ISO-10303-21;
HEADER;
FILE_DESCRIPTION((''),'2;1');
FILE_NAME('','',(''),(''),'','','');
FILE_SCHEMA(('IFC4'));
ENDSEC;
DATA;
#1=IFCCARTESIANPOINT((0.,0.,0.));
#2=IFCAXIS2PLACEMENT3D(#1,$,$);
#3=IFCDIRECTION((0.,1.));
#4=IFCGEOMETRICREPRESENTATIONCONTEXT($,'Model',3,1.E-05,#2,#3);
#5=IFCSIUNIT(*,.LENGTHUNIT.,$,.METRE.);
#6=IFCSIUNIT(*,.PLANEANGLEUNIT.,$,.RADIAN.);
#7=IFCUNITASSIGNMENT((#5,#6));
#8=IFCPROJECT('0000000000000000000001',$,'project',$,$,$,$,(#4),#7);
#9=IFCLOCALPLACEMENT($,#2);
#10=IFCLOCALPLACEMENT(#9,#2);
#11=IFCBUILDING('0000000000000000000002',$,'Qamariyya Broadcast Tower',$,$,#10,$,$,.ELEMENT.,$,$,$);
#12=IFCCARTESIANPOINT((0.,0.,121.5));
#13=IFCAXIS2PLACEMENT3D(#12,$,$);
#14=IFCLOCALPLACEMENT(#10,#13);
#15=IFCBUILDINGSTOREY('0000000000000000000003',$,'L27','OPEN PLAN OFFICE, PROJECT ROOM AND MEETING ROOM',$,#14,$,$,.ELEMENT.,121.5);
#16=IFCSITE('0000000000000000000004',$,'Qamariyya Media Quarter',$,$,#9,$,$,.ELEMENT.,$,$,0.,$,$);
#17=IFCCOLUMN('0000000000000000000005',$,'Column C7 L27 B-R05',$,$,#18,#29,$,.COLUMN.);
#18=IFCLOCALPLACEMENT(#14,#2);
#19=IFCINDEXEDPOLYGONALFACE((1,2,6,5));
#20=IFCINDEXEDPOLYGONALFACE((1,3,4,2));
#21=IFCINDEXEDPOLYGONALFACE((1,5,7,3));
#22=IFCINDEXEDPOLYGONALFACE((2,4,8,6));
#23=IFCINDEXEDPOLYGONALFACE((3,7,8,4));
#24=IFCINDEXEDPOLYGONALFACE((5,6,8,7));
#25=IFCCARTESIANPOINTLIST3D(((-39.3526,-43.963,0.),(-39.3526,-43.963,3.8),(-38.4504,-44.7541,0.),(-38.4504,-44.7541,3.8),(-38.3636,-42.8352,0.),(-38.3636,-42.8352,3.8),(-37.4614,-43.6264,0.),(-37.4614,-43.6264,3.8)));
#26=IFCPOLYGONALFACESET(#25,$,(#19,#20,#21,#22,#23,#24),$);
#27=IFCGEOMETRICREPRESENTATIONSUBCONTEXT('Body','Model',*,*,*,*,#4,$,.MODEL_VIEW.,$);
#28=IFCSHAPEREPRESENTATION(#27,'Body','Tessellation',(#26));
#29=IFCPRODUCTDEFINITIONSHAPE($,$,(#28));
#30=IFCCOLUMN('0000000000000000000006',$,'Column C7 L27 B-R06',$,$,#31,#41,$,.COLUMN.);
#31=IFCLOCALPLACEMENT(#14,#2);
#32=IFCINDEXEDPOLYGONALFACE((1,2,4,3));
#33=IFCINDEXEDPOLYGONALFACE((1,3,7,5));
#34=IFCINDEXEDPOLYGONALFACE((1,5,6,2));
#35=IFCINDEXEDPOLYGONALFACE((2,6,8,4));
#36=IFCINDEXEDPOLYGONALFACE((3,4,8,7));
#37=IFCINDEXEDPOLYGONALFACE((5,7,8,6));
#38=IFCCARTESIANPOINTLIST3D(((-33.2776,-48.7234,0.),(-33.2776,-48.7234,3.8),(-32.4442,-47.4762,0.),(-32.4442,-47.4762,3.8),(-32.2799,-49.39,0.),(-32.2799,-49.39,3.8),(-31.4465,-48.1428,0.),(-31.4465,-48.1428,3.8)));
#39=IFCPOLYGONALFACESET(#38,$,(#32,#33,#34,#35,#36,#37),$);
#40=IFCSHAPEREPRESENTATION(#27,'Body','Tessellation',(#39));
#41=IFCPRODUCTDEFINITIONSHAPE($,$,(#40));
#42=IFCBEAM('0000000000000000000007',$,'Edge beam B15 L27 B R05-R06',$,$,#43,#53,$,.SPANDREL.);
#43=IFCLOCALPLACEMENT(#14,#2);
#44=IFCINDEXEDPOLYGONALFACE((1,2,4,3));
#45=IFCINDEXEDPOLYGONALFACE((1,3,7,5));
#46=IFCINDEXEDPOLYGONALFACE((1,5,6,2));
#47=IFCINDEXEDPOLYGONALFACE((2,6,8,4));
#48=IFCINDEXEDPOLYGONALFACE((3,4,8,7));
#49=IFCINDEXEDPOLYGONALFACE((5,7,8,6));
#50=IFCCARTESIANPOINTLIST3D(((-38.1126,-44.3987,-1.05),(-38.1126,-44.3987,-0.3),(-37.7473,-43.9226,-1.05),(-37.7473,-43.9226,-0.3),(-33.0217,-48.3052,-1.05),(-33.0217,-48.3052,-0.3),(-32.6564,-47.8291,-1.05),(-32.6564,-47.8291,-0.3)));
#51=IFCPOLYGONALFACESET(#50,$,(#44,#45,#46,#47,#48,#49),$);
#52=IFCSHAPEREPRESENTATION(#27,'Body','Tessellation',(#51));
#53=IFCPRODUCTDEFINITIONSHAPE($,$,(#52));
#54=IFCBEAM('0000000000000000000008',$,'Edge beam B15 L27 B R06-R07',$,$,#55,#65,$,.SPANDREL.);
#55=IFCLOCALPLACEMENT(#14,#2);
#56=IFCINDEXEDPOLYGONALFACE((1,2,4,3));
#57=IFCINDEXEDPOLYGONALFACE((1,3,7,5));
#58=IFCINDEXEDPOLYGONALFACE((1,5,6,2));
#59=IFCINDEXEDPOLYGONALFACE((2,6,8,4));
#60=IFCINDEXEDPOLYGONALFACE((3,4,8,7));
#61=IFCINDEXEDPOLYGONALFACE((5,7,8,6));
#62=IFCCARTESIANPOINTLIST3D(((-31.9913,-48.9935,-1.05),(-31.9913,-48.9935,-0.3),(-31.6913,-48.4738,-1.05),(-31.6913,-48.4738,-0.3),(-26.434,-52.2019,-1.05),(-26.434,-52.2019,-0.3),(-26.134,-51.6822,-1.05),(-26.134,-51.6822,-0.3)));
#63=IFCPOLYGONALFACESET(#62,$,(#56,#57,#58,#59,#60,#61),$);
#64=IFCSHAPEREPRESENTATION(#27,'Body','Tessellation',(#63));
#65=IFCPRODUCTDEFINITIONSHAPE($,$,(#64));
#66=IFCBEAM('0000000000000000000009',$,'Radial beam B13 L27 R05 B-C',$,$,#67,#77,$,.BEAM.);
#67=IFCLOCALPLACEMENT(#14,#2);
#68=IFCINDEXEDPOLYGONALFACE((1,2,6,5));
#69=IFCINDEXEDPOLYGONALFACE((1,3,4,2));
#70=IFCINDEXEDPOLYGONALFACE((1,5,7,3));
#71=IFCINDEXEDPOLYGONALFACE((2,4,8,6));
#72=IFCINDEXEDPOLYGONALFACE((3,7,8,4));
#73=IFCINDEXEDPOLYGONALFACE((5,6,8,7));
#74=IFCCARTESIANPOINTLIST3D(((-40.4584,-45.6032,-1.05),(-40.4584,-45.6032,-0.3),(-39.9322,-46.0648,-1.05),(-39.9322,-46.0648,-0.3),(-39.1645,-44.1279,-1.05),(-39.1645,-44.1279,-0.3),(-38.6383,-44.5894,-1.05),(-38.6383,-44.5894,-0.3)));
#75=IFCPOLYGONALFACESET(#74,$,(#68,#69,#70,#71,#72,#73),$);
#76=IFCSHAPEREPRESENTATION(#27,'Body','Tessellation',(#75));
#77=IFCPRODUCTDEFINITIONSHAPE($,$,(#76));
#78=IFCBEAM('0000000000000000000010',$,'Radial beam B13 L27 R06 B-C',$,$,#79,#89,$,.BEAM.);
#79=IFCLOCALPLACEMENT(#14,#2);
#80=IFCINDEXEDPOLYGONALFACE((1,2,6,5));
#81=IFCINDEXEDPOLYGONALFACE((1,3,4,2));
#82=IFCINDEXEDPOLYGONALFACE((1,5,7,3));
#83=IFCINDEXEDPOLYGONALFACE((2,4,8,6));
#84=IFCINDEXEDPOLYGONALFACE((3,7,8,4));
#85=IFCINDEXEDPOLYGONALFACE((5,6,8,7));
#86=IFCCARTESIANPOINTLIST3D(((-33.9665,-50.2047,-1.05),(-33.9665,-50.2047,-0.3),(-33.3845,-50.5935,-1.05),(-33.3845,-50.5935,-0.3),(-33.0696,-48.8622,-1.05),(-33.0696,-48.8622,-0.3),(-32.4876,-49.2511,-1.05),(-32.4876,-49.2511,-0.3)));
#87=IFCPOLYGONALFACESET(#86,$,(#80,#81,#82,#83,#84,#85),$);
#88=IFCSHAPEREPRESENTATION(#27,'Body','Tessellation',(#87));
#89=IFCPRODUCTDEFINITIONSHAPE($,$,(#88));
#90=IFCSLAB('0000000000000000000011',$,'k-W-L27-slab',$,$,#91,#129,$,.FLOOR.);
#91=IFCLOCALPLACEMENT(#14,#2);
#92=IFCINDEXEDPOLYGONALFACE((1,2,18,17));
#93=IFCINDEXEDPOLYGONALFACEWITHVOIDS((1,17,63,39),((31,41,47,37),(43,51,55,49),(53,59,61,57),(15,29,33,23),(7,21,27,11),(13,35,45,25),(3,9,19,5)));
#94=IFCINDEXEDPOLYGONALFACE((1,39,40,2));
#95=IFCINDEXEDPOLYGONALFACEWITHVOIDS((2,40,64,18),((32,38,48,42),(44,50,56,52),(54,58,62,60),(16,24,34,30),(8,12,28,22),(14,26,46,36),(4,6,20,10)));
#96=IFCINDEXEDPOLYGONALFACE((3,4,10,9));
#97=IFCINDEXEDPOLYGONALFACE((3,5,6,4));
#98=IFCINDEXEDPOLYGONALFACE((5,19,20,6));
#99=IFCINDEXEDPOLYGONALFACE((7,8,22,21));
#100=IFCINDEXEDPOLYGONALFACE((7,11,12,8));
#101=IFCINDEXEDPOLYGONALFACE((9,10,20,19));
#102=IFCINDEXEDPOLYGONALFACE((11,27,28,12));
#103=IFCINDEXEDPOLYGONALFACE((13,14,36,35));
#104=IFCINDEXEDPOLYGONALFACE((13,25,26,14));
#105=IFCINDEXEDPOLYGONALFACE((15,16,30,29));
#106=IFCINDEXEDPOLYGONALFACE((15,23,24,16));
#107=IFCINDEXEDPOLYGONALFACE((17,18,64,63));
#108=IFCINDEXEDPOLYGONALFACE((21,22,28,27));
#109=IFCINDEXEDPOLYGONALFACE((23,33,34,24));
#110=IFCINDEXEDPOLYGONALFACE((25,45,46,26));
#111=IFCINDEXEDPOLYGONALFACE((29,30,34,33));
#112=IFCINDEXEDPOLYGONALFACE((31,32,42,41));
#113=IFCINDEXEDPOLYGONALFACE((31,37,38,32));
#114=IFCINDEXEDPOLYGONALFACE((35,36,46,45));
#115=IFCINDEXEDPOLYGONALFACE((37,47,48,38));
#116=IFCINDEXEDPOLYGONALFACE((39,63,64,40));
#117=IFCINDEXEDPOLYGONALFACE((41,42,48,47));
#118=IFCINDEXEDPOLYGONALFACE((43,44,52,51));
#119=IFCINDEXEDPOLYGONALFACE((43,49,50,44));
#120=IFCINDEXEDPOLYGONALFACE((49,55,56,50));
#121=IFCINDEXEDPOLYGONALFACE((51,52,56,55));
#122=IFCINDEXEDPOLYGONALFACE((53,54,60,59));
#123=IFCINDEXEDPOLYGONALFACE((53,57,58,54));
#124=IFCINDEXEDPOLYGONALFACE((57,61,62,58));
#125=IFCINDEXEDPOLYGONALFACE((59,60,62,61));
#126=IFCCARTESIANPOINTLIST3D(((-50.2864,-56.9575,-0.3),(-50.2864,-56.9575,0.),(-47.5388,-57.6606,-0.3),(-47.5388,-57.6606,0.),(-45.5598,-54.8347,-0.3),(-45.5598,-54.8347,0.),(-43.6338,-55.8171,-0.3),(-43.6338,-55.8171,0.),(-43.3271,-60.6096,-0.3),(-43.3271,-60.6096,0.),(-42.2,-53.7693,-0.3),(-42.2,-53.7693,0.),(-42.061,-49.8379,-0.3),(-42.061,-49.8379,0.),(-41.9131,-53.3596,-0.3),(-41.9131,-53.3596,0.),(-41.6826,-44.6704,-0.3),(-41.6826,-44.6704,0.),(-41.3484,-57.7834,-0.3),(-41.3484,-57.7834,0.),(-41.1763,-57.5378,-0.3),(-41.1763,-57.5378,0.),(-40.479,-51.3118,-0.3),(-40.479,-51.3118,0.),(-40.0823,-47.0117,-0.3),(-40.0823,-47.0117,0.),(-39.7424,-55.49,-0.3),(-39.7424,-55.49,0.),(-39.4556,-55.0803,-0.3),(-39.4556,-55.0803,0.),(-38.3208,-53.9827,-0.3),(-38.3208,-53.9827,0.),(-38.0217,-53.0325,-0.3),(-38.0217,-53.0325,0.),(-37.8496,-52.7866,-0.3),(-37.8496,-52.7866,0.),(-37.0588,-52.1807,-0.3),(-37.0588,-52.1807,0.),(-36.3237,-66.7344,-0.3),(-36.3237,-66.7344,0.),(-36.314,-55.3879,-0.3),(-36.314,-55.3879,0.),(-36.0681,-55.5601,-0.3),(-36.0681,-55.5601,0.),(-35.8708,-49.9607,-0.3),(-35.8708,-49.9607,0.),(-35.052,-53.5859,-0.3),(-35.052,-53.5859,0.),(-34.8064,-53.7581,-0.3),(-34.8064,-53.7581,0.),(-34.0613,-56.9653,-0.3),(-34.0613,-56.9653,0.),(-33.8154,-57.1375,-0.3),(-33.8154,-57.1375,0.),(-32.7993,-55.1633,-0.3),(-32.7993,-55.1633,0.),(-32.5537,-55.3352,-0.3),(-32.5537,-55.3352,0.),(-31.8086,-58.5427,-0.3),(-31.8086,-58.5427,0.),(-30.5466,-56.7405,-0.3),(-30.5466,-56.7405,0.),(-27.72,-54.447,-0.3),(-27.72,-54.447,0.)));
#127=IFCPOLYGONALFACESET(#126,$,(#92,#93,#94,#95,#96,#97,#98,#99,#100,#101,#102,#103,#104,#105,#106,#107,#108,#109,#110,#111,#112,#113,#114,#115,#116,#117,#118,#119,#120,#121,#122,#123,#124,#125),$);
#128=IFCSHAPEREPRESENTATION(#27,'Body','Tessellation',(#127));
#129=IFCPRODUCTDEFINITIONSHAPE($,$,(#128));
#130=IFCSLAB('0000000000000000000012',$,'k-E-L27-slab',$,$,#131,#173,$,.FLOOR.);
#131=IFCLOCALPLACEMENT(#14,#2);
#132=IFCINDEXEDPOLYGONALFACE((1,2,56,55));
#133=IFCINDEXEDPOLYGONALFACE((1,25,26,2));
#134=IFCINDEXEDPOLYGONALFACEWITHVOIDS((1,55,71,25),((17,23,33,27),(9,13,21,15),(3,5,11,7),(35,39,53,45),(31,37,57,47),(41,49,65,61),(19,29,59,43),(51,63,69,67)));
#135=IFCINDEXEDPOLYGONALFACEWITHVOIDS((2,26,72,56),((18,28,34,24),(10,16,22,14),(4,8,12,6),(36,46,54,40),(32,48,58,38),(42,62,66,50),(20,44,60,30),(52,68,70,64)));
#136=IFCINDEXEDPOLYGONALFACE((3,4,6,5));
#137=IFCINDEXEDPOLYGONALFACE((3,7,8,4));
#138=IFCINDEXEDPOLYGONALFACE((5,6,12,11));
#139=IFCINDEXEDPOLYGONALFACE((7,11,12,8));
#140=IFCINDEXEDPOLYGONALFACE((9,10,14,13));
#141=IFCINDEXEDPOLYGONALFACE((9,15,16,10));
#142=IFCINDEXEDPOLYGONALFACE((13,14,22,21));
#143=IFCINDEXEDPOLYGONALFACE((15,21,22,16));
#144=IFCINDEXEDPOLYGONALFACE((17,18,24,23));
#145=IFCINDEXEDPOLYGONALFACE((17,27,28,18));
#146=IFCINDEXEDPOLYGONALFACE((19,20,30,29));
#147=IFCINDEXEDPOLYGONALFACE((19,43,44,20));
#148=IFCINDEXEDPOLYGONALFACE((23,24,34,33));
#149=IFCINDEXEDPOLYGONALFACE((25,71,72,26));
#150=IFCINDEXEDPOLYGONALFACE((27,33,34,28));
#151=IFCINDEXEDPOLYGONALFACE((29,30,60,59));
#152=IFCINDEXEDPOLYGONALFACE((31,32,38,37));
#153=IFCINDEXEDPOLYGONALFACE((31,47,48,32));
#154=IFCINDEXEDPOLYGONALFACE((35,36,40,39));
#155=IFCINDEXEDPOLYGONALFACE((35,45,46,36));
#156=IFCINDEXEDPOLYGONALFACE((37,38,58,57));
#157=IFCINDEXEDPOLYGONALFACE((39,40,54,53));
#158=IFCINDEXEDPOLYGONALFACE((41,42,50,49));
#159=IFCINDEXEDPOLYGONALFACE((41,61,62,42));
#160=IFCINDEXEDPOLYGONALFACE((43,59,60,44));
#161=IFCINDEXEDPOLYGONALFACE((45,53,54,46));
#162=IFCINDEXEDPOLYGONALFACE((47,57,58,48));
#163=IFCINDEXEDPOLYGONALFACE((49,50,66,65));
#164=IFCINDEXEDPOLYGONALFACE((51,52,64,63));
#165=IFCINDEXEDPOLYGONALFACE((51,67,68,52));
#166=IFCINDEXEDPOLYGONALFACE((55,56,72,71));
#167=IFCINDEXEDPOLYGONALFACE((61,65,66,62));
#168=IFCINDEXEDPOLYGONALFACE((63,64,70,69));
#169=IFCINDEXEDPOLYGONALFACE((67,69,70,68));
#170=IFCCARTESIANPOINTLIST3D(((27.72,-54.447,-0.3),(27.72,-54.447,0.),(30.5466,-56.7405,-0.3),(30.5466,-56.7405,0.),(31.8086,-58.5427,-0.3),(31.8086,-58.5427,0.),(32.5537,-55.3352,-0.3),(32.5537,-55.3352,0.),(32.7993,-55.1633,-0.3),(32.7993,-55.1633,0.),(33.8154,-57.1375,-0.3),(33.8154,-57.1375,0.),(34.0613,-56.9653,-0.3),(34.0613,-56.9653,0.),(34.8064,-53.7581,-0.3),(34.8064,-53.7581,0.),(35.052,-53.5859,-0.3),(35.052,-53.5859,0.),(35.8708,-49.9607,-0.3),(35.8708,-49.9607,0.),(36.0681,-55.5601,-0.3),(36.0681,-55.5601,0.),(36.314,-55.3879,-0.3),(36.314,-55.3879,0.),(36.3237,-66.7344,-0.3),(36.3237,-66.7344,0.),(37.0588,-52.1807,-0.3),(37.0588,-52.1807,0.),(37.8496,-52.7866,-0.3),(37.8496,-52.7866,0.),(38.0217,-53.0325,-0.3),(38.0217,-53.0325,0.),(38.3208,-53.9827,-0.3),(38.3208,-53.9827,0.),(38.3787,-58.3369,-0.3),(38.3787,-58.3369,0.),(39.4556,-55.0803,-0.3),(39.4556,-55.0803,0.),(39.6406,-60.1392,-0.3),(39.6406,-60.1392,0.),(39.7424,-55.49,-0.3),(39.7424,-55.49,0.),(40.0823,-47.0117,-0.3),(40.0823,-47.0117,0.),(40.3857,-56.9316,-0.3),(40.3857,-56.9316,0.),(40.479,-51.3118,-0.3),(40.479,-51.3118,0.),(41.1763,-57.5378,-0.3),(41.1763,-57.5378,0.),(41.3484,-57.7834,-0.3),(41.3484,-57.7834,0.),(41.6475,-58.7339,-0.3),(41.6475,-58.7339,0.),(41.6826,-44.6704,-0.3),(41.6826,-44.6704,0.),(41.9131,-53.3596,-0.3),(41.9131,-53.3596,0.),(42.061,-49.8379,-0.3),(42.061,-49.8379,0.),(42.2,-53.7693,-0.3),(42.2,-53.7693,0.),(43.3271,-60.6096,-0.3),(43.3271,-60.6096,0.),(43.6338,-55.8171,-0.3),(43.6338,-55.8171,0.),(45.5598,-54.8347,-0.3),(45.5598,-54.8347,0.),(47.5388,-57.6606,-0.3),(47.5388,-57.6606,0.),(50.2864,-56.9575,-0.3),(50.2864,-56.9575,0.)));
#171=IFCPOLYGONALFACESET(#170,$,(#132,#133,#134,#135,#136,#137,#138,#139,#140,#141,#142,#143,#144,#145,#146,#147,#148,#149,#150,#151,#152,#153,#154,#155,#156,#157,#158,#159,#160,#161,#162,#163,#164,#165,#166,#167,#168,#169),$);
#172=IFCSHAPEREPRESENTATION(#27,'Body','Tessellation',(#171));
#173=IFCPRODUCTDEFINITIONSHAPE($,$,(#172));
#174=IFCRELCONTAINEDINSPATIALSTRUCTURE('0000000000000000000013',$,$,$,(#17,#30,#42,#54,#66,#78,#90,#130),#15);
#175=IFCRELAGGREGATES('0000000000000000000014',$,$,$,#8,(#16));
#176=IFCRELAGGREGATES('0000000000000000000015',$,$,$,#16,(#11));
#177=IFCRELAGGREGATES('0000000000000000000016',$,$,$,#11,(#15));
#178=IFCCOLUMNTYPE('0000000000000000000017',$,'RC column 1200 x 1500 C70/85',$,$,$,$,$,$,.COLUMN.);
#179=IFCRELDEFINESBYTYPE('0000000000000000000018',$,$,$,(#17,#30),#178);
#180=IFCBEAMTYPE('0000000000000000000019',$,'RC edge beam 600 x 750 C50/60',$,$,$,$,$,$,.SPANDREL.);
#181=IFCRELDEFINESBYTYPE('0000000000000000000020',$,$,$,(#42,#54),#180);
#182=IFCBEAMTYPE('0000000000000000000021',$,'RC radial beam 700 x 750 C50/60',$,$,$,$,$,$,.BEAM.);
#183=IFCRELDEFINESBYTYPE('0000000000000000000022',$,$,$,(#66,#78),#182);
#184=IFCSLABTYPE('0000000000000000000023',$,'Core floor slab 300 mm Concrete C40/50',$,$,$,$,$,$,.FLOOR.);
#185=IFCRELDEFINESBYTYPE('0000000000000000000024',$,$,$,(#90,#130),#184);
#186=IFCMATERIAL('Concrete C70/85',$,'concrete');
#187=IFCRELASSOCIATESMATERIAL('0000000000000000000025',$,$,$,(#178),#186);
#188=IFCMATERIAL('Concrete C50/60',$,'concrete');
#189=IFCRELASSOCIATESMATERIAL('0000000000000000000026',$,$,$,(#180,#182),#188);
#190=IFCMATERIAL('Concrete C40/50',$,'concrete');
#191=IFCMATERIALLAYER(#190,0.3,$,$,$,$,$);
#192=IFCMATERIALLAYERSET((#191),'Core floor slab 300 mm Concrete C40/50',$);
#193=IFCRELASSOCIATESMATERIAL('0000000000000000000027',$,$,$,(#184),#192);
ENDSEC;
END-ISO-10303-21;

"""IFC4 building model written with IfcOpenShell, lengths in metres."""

from ifc_helpers import new_model, si_unit, direction, frame, origin, origin_2d, place, context, subcontext, project, spatial, polyline, rectangle, outline, extrude, material, layer, layer_set, material_profile, profile_set, type_object, element, save


model = new_model("IFC4")

# Units and contexts
model_context = context("Model", 3, precision=1e-05, world=origin(), true_north=direction((0.0, 1.0)))
body_context = subcontext(model_context, "Body", "Model", "MODEL_VIEW")
ifc_project = project(units=[si_unit("LENGTHUNIT", "METRE"), si_unit("PLANEANGLEUNIT", "RADIAN")], contexts=[model_context])

# Site, building, storey
site_placement = place(None, origin())
site = spatial("IfcSite", under=ifc_project, at=site_placement, Name="Qamariyya Media Quarter", CompositionType="ELEMENT", RefElevation=0.0)
building_placement = place(site_placement, origin())
building = spatial("IfcBuilding", under=site, at=building_placement, Name="Qamariyya Broadcast Tower", CompositionType="ELEMENT")
storey_placement = place(building_placement, frame((0.0, 0.0, 121.5)))
storey = spatial("IfcBuildingStorey", under=building, at=storey_placement, Name="L27", Description="OPEN PLAN OFFICE, PROJECT ROOM AND MEETING ROOM", CompositionType="ELEMENT", Elevation=121.5)

# Columns
ifc_material_1 = material(Name="Concrete C70/85", Category="concrete")
ifc_material_profile_1 = material_profile(ifc_material_1, rectangle(XDim=1.2, YDim=1.5, at=origin_2d()))
ifc_profile_set_1 = profile_set([ifc_material_profile_1], Name="Concrete C70/85")
column_type = type_object("IfcColumnType", Name="RC column 1200 x 1500 C70/85", PredefinedType="COLUMN", material=ifc_profile_set_1)
for number, where, z_axis, x_axis, name in (
    (1, (-38.407, -43.7947, 0.0), (0.0, 0.0, 1.0), (0.75184, -0.659346, 0.0), "Column C7 L27 B-R05"),
    (2, (-32.3621, -48.4331, 0.0), (0.0, 0.0, 1.0), (0.83147, -0.55557, 0.0), "Column C7 L27 B-R06"),
):
    element("IfcColumn", number, at=place(storey_placement, frame(where, z_axis=z_axis, x_axis=x_axis)), inside=storey, type_object=column_type, Name=name, PredefinedType="COLUMN", context=body_context, shape_type="SweptSolid", body=[
        extrude(rectangle(XDim=1.2, YDim=1.5, at=origin_2d()), origin(), (0.0, 0.0, 1.0), 3.8),
    ])

# Beams
ifc_material_2 = material(Name="Concrete C50/60", Category="concrete")
ifc_material_profile_2 = material_profile(ifc_material_2, rectangle(XDim=0.6001, YDim=0.75, at=origin_2d()))
ifc_profile_set_2 = profile_set([ifc_material_profile_2], Name="Concrete C50/60")
beam_type_1 = type_object("IfcBeamType", Name="RC edge beam 600 x 750 C50/60", PredefinedType="SPANDREL", material=ifc_profile_set_2)
for number, where, z_axis, x_axis, name in (
    (3, (-37.9299, -44.1606, -0.675), (0.793341, -0.608778, 0.0), (0.608778, 0.793341, 0.0), "Edge beam B15 L27 B R05-R06"),
    (4, (-31.8413, -48.7336, -0.675), (0.866029, -0.499994, 0.0), (0.499994, 0.866029, 0.0), "Edge beam B15 L27 B R06-R07"),
):
    element("IfcBeam", number, at=place(storey_placement, frame(where, z_axis=z_axis, x_axis=x_axis)), inside=storey, type_object=beam_type_1, Name=name, PredefinedType="SPANDREL", context=body_context, shape_type="SweptSolid", body=[
        extrude(rectangle(XDim=0.6001, YDim=0.75, at=origin_2d()), origin(), (0.0, 0.0, 1.0), 6.417),
    ])
ifc_material_profile_3 = material_profile(ifc_material_2, rectangle(XDim=0.7, YDim=0.75, at=origin_2d()))
ifc_profile_set_3 = profile_set([ifc_material_profile_3], Name="Concrete C50/60")
beam_type_2 = type_object("IfcBeamType", Name="RC radial beam 700 x 750 C50/60", PredefinedType="BEAM", material=ifc_profile_set_3)
beam_1_placement = place(storey_placement, frame((-38.9014, -44.3586, -0.675), z_axis=(-0.659376, -0.751813, 0.0), x_axis=(0.751813, -0.659376, 0.0)))
element("IfcBeam", 5, at=beam_1_placement, inside=storey, type_object=beam_type_2, Name="Radial beam B13 L27 R05 B-C", PredefinedType="BEAM", context=body_context, shape_type="SweptSolid", body=[
    extrude(rectangle(XDim=0.7, YDim=0.75, at=origin_2d()), origin(), (0.0, 0.0, 1.0), 1.9624),
])
beam_2_placement = place(storey_placement, frame((-32.7786, -49.0566, -0.675), z_axis=(-0.555537, -0.831492, 0.0), x_axis=(0.831492, -0.555537, 0.0)))
element("IfcBeam", 6, at=beam_2_placement, inside=storey, type_object=beam_type_2, Name="Radial beam B13 L27 R06 B-C", PredefinedType="BEAM", context=body_context, shape_type="SweptSolid", body=[
    extrude(rectangle(XDim=0.7, YDim=0.75, at=origin_2d()), origin(), (0.0, 0.0, 1.0), 1.6145),
])

# Slabs
ifc_material_3 = material(Name="Concrete C40/50", Category="concrete")
ifc_layer_1 = layer(ifc_material_3, 0.3)
ifc_layer_set_1 = layer_set([ifc_layer_1], Name="Core floor slab 300 mm Concrete C40/50")
slab_type_1 = type_object("IfcSlabType", Name="Core floor slab 300 mm Concrete C40/50", PredefinedType="FLOOR", material=ifc_layer_set_1)
slab_1_placement = place(storey_placement, frame((0.0, 0.0, -0.3)))
element("IfcSlab", 7, at=slab_1_placement, inside=storey, type_object=slab_type_1, Name="k-W-L27-slab", PredefinedType="FLOOR", context=body_context, shape_type="SweptSolid", body=[
    extrude(outline(polyline([(-50.2864, -56.9575), (-36.3237, -66.7344), (-27.72, -54.447), (-41.6826, -44.6704), (-50.2864, -56.9575)]), holes=[polyline([(-31.8086, -58.5427), (-33.8154, -57.1375), (-32.5537, -55.3352), (-30.5466, -56.7405), (-31.8086, -58.5427)]), polyline([(-34.0613, -56.9653), (-36.0681, -55.5601), (-34.8064, -53.7581), (-32.7993, -55.1633), (-34.0613, -56.9653)]), polyline([(-36.314, -55.3879), (-38.3208, -53.9827), (-37.0588, -52.1807), (-35.052, -53.5859), (-36.314, -55.3879)]), polyline([(-39.7424, -55.49), (-42.2, -53.7693), (-43.6338, -55.8171), (-41.1763, -57.5378), (-39.7424, -55.49)]), polyline([(-39.4556, -55.0803), (-41.9131, -53.3596), (-40.479, -51.3118), (-38.0217, -53.0325), (-39.4556, -55.0803)]), polyline([(-42.061, -49.8379), (-37.8496, -52.7866), (-35.8708, -49.9607), (-40.0823, -47.0117), (-42.061, -49.8379)]), polyline([(-47.5388, -57.6606), (-43.3271, -60.6096), (-41.3484, -57.7834), (-45.5598, -54.8347), (-47.5388, -57.6606)])]), origin(), (0.0, 0.0, 1.0), 0.3),
])
slab_2_placement = place(storey_placement, frame((0.0, 0.0, -0.3)))
element("IfcSlab", 8, at=slab_2_placement, inside=storey, type_object=slab_type_1, Name="k-E-L27-slab", PredefinedType="FLOOR", context=body_context, shape_type="SweptSolid", body=[
    extrude(outline(polyline([(36.3237, -66.7344), (50.2864, -56.9575), (41.6826, -44.6704), (27.72, -54.447), (36.3237, -66.7344)]), holes=[polyline([(31.8086, -58.5427), (33.8154, -57.1375), (32.5537, -55.3352), (30.5466, -56.7405), (31.8086, -58.5427)]), polyline([(34.0613, -56.9653), (36.0681, -55.5601), (34.8064, -53.7581), (32.7993, -55.1633), (34.0613, -56.9653)]), polyline([(36.314, -55.3879), (38.3208, -53.9827), (37.0588, -52.1807), (35.052, -53.5859), (36.314, -55.3879)]), polyline([(38.3787, -58.3369), (40.3857, -56.9316), (41.6475, -58.7339), (39.6406, -60.1392), (38.3787, -58.3369)]), polyline([(39.7424, -55.49), (42.2, -53.7693), (43.6338, -55.8171), (41.1763, -57.5378), (39.7424, -55.49)]), polyline([(39.4556, -55.0803), (41.9131, -53.3596), (40.479, -51.3118), (38.0217, -53.0325), (39.4556, -55.0803)]), polyline([(40.0823, -47.0117), (35.8708, -49.9607), (37.8496, -52.7866), (42.061, -49.8379), (40.0823, -47.0117)]), polyline([(45.5598, -54.8347), (41.3484, -57.7834), (43.3271, -60.6096), (47.5388, -57.6606), (45.5598, -54.8347)])]), origin(), (0.0, 0.0, 1.0), 0.3),
])

save(model, "model.ifc")
